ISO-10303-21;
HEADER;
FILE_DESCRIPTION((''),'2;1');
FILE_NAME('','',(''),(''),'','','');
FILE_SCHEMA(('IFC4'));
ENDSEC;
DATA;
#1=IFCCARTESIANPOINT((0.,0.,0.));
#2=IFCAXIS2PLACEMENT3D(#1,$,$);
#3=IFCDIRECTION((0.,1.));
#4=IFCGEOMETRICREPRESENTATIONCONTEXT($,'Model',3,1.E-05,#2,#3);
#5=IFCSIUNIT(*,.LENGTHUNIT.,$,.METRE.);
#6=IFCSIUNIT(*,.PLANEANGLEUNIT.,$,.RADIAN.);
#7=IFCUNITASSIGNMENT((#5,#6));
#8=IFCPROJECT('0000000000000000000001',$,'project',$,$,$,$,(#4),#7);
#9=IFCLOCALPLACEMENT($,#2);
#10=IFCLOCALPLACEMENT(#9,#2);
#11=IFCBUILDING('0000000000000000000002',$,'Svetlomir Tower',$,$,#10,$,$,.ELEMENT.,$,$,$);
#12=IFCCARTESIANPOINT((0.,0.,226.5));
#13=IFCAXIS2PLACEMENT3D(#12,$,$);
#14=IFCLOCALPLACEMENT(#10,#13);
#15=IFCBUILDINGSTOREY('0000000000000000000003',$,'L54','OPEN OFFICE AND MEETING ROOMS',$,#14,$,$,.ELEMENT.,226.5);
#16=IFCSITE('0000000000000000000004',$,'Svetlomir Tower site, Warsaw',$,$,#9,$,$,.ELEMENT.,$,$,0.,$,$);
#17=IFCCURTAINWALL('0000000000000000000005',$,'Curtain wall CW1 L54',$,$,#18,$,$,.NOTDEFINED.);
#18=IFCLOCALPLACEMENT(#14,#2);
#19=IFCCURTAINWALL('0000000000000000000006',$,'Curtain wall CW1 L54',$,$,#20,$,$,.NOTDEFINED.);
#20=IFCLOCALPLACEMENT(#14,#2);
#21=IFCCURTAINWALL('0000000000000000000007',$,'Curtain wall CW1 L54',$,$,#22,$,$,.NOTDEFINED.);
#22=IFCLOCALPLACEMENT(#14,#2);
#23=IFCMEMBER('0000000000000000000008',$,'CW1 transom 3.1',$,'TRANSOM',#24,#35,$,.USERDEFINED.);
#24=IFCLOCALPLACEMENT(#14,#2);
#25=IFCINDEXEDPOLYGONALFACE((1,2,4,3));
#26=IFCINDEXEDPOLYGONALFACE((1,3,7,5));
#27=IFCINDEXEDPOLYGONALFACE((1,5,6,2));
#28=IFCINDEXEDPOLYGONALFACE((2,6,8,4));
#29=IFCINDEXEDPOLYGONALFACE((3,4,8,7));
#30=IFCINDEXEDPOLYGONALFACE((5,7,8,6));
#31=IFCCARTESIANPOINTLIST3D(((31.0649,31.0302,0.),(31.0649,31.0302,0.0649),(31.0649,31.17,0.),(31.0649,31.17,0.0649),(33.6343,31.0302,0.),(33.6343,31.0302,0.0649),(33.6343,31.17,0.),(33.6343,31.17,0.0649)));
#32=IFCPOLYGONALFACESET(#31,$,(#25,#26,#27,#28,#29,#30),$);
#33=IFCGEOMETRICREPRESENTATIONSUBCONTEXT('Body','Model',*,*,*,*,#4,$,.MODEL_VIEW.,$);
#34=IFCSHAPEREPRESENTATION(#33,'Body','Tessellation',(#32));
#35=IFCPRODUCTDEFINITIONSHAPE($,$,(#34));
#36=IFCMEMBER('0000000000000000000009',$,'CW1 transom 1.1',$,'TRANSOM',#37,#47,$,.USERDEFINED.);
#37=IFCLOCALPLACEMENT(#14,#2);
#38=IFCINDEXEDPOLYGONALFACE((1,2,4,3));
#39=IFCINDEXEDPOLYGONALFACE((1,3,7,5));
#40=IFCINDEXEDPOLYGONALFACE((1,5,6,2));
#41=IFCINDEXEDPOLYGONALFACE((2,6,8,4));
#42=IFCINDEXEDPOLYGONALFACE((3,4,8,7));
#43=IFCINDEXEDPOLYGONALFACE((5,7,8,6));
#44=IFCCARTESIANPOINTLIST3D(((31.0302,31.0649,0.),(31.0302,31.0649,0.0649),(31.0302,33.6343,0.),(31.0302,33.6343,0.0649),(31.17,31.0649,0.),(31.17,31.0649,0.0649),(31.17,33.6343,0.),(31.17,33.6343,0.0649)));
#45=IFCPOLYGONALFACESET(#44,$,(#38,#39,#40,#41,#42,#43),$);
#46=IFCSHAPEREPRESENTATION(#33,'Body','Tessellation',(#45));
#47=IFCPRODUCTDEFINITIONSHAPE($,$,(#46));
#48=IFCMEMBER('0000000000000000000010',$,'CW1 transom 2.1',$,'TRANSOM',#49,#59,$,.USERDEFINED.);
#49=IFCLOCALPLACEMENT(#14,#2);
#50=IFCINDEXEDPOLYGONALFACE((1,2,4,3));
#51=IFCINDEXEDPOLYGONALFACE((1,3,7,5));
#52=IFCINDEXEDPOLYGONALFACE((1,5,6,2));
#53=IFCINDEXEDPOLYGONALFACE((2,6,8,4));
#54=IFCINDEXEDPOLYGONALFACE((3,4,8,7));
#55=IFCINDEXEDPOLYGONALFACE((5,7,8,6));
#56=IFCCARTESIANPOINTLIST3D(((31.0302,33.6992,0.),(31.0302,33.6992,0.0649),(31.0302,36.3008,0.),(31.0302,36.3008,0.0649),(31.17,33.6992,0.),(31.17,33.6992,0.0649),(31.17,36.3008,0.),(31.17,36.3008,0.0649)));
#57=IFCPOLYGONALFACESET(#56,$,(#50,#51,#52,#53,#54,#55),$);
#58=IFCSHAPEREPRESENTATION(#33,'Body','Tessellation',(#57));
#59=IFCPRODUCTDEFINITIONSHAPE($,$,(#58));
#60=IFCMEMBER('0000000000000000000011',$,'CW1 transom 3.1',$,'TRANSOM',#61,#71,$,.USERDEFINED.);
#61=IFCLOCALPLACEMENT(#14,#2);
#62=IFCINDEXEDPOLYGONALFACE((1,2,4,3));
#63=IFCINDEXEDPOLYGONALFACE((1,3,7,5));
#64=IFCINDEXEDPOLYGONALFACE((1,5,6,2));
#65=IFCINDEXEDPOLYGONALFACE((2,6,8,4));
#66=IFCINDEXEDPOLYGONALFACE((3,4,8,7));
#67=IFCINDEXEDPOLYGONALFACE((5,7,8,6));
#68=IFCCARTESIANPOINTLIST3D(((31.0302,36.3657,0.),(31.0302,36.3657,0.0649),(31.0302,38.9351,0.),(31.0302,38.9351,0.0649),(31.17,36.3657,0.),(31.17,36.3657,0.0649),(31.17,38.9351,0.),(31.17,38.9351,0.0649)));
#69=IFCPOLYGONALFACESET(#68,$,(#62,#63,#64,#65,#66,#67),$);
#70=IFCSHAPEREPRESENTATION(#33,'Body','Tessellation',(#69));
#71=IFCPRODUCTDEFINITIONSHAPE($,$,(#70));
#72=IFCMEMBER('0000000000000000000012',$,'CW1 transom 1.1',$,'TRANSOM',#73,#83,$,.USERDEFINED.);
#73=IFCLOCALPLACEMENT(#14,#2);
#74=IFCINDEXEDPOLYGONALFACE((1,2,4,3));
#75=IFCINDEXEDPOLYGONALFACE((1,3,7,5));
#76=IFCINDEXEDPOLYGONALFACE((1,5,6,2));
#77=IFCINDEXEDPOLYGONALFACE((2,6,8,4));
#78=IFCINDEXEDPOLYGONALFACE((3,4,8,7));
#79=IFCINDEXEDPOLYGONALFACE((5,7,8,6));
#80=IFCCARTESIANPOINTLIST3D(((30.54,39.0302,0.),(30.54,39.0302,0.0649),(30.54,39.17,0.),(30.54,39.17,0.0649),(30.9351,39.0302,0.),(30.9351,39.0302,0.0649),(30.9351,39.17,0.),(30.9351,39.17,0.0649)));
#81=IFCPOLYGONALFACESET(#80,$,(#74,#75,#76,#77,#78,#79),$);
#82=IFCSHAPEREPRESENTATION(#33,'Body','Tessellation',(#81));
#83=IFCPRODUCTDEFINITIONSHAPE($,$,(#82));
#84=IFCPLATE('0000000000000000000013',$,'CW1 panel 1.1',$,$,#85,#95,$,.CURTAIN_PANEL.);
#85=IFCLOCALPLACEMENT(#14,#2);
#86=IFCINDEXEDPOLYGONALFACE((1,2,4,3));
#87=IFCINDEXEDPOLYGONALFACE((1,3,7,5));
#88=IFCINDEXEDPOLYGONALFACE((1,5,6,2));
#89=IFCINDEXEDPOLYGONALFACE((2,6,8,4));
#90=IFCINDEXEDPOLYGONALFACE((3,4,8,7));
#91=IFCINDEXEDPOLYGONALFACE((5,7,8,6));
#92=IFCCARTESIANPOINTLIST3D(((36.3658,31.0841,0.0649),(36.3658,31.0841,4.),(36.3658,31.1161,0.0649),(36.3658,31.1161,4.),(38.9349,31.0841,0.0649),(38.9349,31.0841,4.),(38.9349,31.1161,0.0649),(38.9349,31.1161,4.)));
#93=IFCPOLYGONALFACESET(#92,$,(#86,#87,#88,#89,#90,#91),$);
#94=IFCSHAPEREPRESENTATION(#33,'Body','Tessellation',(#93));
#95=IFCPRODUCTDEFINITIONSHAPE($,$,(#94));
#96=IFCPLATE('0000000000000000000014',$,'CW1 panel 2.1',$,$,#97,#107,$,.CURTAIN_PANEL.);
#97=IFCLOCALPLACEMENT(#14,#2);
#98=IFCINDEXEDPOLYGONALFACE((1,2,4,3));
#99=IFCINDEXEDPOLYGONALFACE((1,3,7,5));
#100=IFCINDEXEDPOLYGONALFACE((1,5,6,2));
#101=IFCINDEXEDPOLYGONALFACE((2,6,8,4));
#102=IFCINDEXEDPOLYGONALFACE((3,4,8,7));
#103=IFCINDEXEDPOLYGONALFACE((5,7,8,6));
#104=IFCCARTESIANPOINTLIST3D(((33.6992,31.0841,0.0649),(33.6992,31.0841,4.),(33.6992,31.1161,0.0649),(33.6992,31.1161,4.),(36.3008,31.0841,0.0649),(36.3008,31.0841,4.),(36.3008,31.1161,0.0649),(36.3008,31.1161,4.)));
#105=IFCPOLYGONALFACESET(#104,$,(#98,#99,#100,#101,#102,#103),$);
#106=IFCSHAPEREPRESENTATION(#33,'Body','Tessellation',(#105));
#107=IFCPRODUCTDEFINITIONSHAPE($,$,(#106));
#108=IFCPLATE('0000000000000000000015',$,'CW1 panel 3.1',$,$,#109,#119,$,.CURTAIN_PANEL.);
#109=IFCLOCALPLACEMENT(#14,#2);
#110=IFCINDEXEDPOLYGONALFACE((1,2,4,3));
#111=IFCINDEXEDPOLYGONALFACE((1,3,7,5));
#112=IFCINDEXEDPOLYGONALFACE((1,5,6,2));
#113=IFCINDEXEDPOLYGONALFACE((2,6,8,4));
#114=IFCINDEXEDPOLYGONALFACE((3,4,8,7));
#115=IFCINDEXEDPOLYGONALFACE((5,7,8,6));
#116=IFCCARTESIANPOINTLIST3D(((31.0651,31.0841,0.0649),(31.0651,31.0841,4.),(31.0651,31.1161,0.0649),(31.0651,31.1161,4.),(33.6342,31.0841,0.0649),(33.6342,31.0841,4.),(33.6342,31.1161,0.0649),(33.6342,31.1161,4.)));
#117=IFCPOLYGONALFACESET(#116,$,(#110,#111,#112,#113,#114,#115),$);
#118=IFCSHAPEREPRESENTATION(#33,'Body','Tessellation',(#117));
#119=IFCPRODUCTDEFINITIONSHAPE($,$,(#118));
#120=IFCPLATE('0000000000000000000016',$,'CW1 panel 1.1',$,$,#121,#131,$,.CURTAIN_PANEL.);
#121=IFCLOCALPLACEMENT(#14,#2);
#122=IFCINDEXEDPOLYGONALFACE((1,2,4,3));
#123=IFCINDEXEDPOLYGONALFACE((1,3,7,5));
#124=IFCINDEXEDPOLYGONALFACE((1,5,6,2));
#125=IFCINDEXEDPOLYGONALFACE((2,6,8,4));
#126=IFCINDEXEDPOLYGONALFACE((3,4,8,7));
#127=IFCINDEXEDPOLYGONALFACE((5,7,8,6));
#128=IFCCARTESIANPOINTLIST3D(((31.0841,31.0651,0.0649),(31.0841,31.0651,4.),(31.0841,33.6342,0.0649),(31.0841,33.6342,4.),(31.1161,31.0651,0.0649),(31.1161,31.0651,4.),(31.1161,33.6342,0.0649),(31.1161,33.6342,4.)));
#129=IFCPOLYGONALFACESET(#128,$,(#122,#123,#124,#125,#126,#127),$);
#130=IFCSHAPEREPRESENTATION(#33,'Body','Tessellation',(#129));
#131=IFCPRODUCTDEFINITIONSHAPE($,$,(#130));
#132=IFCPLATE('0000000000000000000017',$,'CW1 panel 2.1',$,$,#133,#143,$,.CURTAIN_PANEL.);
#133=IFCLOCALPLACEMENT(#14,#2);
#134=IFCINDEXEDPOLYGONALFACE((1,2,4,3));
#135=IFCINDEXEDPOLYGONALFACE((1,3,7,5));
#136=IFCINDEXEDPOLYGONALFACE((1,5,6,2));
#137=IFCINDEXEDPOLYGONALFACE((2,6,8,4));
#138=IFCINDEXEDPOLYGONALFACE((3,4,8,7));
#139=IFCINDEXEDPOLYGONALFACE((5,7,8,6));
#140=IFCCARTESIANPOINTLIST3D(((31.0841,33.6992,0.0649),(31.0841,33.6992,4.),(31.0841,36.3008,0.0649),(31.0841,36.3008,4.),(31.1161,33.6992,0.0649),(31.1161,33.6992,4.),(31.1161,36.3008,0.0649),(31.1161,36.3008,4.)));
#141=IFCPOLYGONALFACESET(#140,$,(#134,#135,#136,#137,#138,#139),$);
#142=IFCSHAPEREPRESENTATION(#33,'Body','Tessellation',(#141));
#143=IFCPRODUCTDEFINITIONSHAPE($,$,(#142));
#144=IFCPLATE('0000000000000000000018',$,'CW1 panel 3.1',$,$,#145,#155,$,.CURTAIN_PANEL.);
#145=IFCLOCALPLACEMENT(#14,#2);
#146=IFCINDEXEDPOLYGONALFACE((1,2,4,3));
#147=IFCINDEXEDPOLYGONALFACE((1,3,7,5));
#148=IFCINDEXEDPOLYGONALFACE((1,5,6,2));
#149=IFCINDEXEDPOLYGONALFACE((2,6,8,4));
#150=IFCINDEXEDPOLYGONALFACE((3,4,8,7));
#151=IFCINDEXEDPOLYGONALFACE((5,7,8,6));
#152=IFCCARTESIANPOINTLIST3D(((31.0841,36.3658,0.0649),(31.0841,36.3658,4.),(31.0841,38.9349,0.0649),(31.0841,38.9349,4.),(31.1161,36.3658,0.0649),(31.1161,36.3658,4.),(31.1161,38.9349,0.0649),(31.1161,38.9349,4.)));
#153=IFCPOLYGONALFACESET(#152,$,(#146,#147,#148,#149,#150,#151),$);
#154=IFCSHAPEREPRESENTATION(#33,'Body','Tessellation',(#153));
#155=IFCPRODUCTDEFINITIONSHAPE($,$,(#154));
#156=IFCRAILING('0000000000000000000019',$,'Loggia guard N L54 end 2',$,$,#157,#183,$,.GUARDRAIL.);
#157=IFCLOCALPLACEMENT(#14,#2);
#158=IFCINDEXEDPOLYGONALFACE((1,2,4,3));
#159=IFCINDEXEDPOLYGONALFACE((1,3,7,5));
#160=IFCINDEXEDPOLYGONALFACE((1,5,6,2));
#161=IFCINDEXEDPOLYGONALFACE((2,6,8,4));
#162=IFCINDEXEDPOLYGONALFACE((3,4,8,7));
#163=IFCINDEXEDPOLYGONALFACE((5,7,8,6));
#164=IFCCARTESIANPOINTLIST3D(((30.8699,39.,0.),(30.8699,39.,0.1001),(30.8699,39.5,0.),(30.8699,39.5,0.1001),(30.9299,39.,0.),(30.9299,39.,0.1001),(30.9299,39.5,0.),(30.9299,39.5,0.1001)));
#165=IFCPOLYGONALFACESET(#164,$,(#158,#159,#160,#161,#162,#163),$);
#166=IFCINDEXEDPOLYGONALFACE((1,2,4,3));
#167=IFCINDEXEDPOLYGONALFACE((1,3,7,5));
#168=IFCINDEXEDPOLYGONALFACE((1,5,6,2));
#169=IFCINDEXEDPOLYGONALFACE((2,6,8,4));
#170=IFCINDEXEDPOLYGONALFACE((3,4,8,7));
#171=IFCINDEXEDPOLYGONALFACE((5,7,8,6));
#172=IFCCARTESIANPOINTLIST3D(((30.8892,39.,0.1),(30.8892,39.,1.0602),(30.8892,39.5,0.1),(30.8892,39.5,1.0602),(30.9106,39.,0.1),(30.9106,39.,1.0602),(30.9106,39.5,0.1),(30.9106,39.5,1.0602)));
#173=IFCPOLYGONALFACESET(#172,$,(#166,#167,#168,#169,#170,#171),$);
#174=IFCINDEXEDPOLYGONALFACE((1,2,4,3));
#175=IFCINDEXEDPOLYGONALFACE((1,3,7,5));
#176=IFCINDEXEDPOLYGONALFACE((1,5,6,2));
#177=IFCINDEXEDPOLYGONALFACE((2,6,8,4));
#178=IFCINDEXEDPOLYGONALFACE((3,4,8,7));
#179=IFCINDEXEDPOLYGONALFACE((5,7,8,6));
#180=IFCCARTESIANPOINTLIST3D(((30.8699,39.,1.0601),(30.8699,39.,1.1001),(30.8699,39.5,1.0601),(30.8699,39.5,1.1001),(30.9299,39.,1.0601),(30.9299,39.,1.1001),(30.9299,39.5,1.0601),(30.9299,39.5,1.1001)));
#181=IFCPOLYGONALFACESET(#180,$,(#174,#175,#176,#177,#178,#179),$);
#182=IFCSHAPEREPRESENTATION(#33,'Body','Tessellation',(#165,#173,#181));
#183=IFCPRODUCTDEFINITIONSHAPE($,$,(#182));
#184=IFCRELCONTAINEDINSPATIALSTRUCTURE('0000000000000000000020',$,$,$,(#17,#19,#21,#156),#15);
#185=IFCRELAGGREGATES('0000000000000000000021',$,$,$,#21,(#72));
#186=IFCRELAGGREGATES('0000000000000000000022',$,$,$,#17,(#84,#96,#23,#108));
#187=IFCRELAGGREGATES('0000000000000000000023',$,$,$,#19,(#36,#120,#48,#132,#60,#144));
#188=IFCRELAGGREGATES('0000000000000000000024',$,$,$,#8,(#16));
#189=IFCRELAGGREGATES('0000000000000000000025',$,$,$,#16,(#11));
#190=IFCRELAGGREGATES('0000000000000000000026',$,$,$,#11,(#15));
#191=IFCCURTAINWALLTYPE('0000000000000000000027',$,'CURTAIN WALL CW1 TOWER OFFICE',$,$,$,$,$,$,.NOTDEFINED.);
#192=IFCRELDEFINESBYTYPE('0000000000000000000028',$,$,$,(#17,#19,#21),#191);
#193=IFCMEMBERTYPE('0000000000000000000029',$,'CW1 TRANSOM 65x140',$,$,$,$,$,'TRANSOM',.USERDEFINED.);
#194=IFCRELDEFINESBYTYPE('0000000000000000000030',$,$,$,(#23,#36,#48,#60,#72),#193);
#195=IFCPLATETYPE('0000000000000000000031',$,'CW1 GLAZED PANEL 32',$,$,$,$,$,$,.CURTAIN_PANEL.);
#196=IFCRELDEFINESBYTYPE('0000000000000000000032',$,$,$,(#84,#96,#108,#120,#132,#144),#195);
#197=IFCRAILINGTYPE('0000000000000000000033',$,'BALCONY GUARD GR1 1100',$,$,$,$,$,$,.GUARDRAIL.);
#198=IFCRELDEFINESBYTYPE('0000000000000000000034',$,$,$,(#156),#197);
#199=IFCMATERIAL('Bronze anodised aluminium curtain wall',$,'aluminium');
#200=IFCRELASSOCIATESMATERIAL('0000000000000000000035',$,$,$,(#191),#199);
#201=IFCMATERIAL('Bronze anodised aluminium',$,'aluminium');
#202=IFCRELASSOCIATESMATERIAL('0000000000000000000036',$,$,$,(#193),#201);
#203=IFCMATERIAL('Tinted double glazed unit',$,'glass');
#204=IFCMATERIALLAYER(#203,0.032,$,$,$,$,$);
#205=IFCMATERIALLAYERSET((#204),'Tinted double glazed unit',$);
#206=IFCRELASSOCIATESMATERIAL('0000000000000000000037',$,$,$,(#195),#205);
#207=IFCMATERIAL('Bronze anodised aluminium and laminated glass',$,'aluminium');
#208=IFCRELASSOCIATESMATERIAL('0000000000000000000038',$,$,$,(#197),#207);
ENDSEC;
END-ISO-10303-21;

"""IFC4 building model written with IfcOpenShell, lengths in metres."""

from ifc_helpers import new_model, si_unit, direction, frame, origin, origin_2d, place, context, subcontext, project, spatial, rectangle, extrude, material, layer, layer_set, material_profile, profile_set, type_object, element, aggregate, save


model = new_model("IFC4")

# Units and contexts
model_context = context("Model", 3, precision=1e-05, world=origin(), true_north=direction((0.0, 1.0)))
body_context = subcontext(model_context, "Body", "Model", "MODEL_VIEW")
ifc_project = project(units=[si_unit("LENGTHUNIT", "METRE"), si_unit("PLANEANGLEUNIT", "RADIAN")], contexts=[model_context])

# Site, building, storey
site_placement = place(None, origin())
site = spatial("IfcSite", under=ifc_project, at=site_placement, Name="Svetlomir Tower site, Warsaw", CompositionType="ELEMENT", RefElevation=0.0)
building_placement = place(site_placement, origin())
building = spatial("IfcBuilding", under=site, at=building_placement, Name="Svetlomir Tower", CompositionType="ELEMENT")
storey_placement = place(building_placement, frame((0.0, 0.0, 226.5)))
storey = spatial("IfcBuildingStorey", under=building, at=storey_placement, Name="L54", Description="OPEN OFFICE AND MEETING ROOMS", CompositionType="ELEMENT", Elevation=226.5)

# Curtain walls
ifc_material_1 = material(Name="Bronze anodised aluminium curtain wall", Category="aluminium")
curtain_wall_type = type_object("IfcCurtainWallType", Name="CURTAIN WALL CW1 TOWER OFFICE", PredefinedType="NOTDEFINED", material=ifc_material_1)
curtain_wall_1_placement = place(storey_placement, origin())
curtain_wall_1 = element("IfcCurtainWall", 1, at=curtain_wall_1_placement, inside=storey, type_object=curtain_wall_type, Name="Curtain wall CW1 L54", PredefinedType="NOTDEFINED")
curtain_wall_2_placement = place(storey_placement, origin())
curtain_wall_2 = element("IfcCurtainWall", 2, at=curtain_wall_2_placement, inside=storey, type_object=curtain_wall_type, Name="Curtain wall CW1 L54", PredefinedType="NOTDEFINED")

# Curtain wall
curtain_wall_3_placement = place(storey_placement, origin())
curtain_wall_3 = element("IfcCurtainWall", 3, at=curtain_wall_3_placement, inside=storey, type_object=curtain_wall_type, Name="Curtain wall CW1 L54", PredefinedType="NOTDEFINED")

# Members
ifc_material_2 = material(Name="Bronze anodised aluminium", Category="aluminium")
ifc_material_profile_1 = material_profile(ifc_material_2, rectangle(XDim=0.1399, YDim=0.0649, at=origin_2d()), Name="AL 140x65")
ifc_profile_set_1 = profile_set([ifc_material_profile_1], Name="Bronze anodised aluminium 6063-T6")
member_type_1 = type_object("IfcMemberType", Name="CW1 TRANSOM 65x140", ElementType="TRANSOM", PredefinedType="USERDEFINED", material=ifc_profile_set_1)
member_1_placement = place(storey_placement, frame((33.6343, 31.1001, 0.0325), z_axis=(-1.0, 0.0, 0.0), x_axis=(0.0, -1.0, 0.0)))
member_1 = element("IfcMember", 4, at=member_1_placement, type_object=member_type_1, Name="CW1 transom 3.1", ObjectType="TRANSOM", PredefinedType="USERDEFINED", context=body_context, shape_type="SweptSolid", body=[
    extrude(rectangle(XDim=0.1399, YDim=0.0649, at=origin_2d()), origin(), (0.0, 0.0, 1.0), 2.5693),
])
member_2_placement = place(storey_placement, frame((31.1001, 31.0649, 0.0325), z_axis=(0.0, 1.0, 0.0), x_axis=(-1.0, 0.0, 0.0)))
member_2 = element("IfcMember", 5, at=member_2_placement, type_object=member_type_1, Name="CW1 transom 1.1", ObjectType="TRANSOM", PredefinedType="USERDEFINED", context=body_context, shape_type="SweptSolid", body=[
    extrude(rectangle(XDim=0.1399, YDim=0.0649, at=origin_2d()), origin(), (0.0, 0.0, 1.0), 2.5693),
])
member_3_placement = place(storey_placement, frame((31.1001, 33.6992, 0.0325), z_axis=(0.0, 1.0, 0.0), x_axis=(-1.0, 0.0, 0.0)))
member_3 = element("IfcMember", 6, at=member_3_placement, type_object=member_type_1, Name="CW1 transom 2.1", ObjectType="TRANSOM", PredefinedType="USERDEFINED", context=body_context, shape_type="SweptSolid", body=[
    extrude(rectangle(XDim=0.1399, YDim=0.0649, at=origin_2d()), origin(), (0.0, 0.0, 1.0), 2.6016),
])
member_4_placement = place(storey_placement, frame((31.1001, 36.3657, 0.0325), z_axis=(0.0, 1.0, 0.0), x_axis=(-1.0, 0.0, 0.0)))
member_4 = element("IfcMember", 7, at=member_4_placement, type_object=member_type_1, Name="CW1 transom 3.1", ObjectType="TRANSOM", PredefinedType="USERDEFINED", context=body_context, shape_type="SweptSolid", body=[
    extrude(rectangle(XDim=0.1399, YDim=0.0649, at=origin_2d()), origin(), (0.0, 0.0, 1.0), 2.5693),
])
member_5_placement = place(storey_placement, frame((30.9351, 39.1001, 0.0325), z_axis=(-1.0, 0.0, 0.0), x_axis=(0.0, -1.0, 0.0)))
member_5 = element("IfcMember", 8, at=member_5_placement, type_object=member_type_1, Name="CW1 transom 1.1", ObjectType="TRANSOM", PredefinedType="USERDEFINED", context=body_context, shape_type="SweptSolid", body=[
    extrude(rectangle(XDim=0.1399, YDim=0.0649, at=origin_2d()), origin(), (0.0, 0.0, 1.0), 0.395),
])
aggregate(curtain_wall_3, [member_5])

# Plates
ifc_material_3 = material(Name="Tinted double glazed unit", Category="glass")
ifc_layer = layer(ifc_material_3, 0.032)
ifc_layer_set = layer_set([ifc_layer], Name="Tinted double glazed unit")
plate_type = type_object("IfcPlateType", Name="CW1 GLAZED PANEL 32", PredefinedType="CURTAIN_PANEL", material=ifc_layer_set)
plate_1_placement = place(storey_placement, frame((37.6504, 31.1001, 0.0649), z_axis=(0.0, 0.0, 1.0), x_axis=(-1.0, 0.0, 0.0)))
plate_1 = element("IfcPlate", 9, at=plate_1_placement, type_object=plate_type, Name="CW1 panel 1.1", PredefinedType="CURTAIN_PANEL", context=body_context, shape_type="SweptSolid", body=[
    extrude(rectangle(XDim=2.5691, YDim=0.032, at=origin_2d()), origin(), (0.0, 0.0, 1.0), 3.9351),
])
plate_2_placement = place(storey_placement, frame((35.0, 31.1001, 0.0649), z_axis=(0.0, 0.0, 1.0), x_axis=(-1.0, 0.0, 0.0)))
plate_2 = element("IfcPlate", 10, at=plate_2_placement, type_object=plate_type, Name="CW1 panel 2.1", PredefinedType="CURTAIN_PANEL", context=body_context, shape_type="SweptSolid", body=[
    extrude(rectangle(XDim=2.6016, YDim=0.032, at=origin_2d()), origin(), (0.0, 0.0, 1.0), 3.9351),
])
plate_3_placement = place(storey_placement, frame((32.3496, 31.1001, 0.0649), z_axis=(0.0, 0.0, 1.0), x_axis=(-1.0, 0.0, 0.0)))
plate_3 = element("IfcPlate", 11, at=plate_3_placement, type_object=plate_type, Name="CW1 panel 3.1", PredefinedType="CURTAIN_PANEL", context=body_context, shape_type="SweptSolid", body=[
    extrude(rectangle(XDim=2.5691, YDim=0.032, at=origin_2d()), origin(), (0.0, 0.0, 1.0), 3.9351),
])
aggregate(curtain_wall_1, [plate_1, plate_2, member_1, plate_3])
plate_4_placement = place(storey_placement, frame((31.1001, 32.3496, 0.0649), z_axis=(0.0, 0.0, 1.0), x_axis=(0.0, 1.0, 0.0)))
plate_4 = element("IfcPlate", 12, at=plate_4_placement, type_object=plate_type, Name="CW1 panel 1.1", PredefinedType="CURTAIN_PANEL", context=body_context, shape_type="SweptSolid", body=[
    extrude(rectangle(XDim=2.5691, YDim=0.032, at=origin_2d()), origin(), (0.0, 0.0, 1.0), 3.9351),
])
plate_5_placement = place(storey_placement, frame((31.1001, 35.0, 0.0649), z_axis=(0.0, 0.0, 1.0), x_axis=(0.0, 1.0, 0.0)))
plate_5 = element("IfcPlate", 13, at=plate_5_placement, type_object=plate_type, Name="CW1 panel 2.1", PredefinedType="CURTAIN_PANEL", context=body_context, shape_type="SweptSolid", body=[
    extrude(rectangle(XDim=2.6016, YDim=0.032, at=origin_2d()), origin(), (0.0, 0.0, 1.0), 3.9351),
])
plate_6_placement = place(storey_placement, frame((31.1001, 37.6504, 0.0649), z_axis=(0.0, 0.0, 1.0), x_axis=(0.0, 1.0, 0.0)))
plate_6 = element("IfcPlate", 14, at=plate_6_placement, type_object=plate_type, Name="CW1 panel 3.1", PredefinedType="CURTAIN_PANEL", context=body_context, shape_type="SweptSolid", body=[
    extrude(rectangle(XDim=2.5691, YDim=0.032, at=origin_2d()), origin(), (0.0, 0.0, 1.0), 3.9351),
])
aggregate(curtain_wall_2, [member_2, plate_4, member_3, plate_5, member_4, plate_6])

# Railing
ifc_material_4 = material(Name="Bronze anodised aluminium and laminated glass", Category="aluminium")
railing_type = type_object("IfcRailingType", Name="BALCONY GUARD GR1 1100", PredefinedType="GUARDRAIL", material=ifc_material_4)
railing_placement = place(storey_placement, frame((30.8999, 39.5, 0.0)))
element("IfcRailing", 15, at=railing_placement, inside=storey, type_object=railing_type, Name="Loggia guard N L54 end 2", PredefinedType="GUARDRAIL", context=body_context, shape_type="SweptSolid", body=[
    extrude(rectangle(XDim=0.0601, YDim=0.1001, at=origin_2d()), frame((0.0, 0.0, 0.05), z_axis=(0.0, -1.0, 0.0), x_axis=(1.0, 0.0, 0.0)), (0.0, 0.0, 1.0), 0.5),
    extrude(rectangle(XDim=0.0215, YDim=0.9602, at=origin_2d()), frame((0.0, 0.0, 0.5801), z_axis=(0.0, -1.0, 0.0), x_axis=(1.0, 0.0, 0.0)), (0.0, 0.0, 1.0), 0.5),
    extrude(rectangle(XDim=0.0601, YDim=0.04, at=origin_2d()), frame((0.0, 0.0, 1.0801), z_axis=(0.0, -1.0, 0.0), x_axis=(1.0, 0.0, 0.0)), (0.0, 0.0, 1.0), 0.5),
])

save(model, "model.ifc")
